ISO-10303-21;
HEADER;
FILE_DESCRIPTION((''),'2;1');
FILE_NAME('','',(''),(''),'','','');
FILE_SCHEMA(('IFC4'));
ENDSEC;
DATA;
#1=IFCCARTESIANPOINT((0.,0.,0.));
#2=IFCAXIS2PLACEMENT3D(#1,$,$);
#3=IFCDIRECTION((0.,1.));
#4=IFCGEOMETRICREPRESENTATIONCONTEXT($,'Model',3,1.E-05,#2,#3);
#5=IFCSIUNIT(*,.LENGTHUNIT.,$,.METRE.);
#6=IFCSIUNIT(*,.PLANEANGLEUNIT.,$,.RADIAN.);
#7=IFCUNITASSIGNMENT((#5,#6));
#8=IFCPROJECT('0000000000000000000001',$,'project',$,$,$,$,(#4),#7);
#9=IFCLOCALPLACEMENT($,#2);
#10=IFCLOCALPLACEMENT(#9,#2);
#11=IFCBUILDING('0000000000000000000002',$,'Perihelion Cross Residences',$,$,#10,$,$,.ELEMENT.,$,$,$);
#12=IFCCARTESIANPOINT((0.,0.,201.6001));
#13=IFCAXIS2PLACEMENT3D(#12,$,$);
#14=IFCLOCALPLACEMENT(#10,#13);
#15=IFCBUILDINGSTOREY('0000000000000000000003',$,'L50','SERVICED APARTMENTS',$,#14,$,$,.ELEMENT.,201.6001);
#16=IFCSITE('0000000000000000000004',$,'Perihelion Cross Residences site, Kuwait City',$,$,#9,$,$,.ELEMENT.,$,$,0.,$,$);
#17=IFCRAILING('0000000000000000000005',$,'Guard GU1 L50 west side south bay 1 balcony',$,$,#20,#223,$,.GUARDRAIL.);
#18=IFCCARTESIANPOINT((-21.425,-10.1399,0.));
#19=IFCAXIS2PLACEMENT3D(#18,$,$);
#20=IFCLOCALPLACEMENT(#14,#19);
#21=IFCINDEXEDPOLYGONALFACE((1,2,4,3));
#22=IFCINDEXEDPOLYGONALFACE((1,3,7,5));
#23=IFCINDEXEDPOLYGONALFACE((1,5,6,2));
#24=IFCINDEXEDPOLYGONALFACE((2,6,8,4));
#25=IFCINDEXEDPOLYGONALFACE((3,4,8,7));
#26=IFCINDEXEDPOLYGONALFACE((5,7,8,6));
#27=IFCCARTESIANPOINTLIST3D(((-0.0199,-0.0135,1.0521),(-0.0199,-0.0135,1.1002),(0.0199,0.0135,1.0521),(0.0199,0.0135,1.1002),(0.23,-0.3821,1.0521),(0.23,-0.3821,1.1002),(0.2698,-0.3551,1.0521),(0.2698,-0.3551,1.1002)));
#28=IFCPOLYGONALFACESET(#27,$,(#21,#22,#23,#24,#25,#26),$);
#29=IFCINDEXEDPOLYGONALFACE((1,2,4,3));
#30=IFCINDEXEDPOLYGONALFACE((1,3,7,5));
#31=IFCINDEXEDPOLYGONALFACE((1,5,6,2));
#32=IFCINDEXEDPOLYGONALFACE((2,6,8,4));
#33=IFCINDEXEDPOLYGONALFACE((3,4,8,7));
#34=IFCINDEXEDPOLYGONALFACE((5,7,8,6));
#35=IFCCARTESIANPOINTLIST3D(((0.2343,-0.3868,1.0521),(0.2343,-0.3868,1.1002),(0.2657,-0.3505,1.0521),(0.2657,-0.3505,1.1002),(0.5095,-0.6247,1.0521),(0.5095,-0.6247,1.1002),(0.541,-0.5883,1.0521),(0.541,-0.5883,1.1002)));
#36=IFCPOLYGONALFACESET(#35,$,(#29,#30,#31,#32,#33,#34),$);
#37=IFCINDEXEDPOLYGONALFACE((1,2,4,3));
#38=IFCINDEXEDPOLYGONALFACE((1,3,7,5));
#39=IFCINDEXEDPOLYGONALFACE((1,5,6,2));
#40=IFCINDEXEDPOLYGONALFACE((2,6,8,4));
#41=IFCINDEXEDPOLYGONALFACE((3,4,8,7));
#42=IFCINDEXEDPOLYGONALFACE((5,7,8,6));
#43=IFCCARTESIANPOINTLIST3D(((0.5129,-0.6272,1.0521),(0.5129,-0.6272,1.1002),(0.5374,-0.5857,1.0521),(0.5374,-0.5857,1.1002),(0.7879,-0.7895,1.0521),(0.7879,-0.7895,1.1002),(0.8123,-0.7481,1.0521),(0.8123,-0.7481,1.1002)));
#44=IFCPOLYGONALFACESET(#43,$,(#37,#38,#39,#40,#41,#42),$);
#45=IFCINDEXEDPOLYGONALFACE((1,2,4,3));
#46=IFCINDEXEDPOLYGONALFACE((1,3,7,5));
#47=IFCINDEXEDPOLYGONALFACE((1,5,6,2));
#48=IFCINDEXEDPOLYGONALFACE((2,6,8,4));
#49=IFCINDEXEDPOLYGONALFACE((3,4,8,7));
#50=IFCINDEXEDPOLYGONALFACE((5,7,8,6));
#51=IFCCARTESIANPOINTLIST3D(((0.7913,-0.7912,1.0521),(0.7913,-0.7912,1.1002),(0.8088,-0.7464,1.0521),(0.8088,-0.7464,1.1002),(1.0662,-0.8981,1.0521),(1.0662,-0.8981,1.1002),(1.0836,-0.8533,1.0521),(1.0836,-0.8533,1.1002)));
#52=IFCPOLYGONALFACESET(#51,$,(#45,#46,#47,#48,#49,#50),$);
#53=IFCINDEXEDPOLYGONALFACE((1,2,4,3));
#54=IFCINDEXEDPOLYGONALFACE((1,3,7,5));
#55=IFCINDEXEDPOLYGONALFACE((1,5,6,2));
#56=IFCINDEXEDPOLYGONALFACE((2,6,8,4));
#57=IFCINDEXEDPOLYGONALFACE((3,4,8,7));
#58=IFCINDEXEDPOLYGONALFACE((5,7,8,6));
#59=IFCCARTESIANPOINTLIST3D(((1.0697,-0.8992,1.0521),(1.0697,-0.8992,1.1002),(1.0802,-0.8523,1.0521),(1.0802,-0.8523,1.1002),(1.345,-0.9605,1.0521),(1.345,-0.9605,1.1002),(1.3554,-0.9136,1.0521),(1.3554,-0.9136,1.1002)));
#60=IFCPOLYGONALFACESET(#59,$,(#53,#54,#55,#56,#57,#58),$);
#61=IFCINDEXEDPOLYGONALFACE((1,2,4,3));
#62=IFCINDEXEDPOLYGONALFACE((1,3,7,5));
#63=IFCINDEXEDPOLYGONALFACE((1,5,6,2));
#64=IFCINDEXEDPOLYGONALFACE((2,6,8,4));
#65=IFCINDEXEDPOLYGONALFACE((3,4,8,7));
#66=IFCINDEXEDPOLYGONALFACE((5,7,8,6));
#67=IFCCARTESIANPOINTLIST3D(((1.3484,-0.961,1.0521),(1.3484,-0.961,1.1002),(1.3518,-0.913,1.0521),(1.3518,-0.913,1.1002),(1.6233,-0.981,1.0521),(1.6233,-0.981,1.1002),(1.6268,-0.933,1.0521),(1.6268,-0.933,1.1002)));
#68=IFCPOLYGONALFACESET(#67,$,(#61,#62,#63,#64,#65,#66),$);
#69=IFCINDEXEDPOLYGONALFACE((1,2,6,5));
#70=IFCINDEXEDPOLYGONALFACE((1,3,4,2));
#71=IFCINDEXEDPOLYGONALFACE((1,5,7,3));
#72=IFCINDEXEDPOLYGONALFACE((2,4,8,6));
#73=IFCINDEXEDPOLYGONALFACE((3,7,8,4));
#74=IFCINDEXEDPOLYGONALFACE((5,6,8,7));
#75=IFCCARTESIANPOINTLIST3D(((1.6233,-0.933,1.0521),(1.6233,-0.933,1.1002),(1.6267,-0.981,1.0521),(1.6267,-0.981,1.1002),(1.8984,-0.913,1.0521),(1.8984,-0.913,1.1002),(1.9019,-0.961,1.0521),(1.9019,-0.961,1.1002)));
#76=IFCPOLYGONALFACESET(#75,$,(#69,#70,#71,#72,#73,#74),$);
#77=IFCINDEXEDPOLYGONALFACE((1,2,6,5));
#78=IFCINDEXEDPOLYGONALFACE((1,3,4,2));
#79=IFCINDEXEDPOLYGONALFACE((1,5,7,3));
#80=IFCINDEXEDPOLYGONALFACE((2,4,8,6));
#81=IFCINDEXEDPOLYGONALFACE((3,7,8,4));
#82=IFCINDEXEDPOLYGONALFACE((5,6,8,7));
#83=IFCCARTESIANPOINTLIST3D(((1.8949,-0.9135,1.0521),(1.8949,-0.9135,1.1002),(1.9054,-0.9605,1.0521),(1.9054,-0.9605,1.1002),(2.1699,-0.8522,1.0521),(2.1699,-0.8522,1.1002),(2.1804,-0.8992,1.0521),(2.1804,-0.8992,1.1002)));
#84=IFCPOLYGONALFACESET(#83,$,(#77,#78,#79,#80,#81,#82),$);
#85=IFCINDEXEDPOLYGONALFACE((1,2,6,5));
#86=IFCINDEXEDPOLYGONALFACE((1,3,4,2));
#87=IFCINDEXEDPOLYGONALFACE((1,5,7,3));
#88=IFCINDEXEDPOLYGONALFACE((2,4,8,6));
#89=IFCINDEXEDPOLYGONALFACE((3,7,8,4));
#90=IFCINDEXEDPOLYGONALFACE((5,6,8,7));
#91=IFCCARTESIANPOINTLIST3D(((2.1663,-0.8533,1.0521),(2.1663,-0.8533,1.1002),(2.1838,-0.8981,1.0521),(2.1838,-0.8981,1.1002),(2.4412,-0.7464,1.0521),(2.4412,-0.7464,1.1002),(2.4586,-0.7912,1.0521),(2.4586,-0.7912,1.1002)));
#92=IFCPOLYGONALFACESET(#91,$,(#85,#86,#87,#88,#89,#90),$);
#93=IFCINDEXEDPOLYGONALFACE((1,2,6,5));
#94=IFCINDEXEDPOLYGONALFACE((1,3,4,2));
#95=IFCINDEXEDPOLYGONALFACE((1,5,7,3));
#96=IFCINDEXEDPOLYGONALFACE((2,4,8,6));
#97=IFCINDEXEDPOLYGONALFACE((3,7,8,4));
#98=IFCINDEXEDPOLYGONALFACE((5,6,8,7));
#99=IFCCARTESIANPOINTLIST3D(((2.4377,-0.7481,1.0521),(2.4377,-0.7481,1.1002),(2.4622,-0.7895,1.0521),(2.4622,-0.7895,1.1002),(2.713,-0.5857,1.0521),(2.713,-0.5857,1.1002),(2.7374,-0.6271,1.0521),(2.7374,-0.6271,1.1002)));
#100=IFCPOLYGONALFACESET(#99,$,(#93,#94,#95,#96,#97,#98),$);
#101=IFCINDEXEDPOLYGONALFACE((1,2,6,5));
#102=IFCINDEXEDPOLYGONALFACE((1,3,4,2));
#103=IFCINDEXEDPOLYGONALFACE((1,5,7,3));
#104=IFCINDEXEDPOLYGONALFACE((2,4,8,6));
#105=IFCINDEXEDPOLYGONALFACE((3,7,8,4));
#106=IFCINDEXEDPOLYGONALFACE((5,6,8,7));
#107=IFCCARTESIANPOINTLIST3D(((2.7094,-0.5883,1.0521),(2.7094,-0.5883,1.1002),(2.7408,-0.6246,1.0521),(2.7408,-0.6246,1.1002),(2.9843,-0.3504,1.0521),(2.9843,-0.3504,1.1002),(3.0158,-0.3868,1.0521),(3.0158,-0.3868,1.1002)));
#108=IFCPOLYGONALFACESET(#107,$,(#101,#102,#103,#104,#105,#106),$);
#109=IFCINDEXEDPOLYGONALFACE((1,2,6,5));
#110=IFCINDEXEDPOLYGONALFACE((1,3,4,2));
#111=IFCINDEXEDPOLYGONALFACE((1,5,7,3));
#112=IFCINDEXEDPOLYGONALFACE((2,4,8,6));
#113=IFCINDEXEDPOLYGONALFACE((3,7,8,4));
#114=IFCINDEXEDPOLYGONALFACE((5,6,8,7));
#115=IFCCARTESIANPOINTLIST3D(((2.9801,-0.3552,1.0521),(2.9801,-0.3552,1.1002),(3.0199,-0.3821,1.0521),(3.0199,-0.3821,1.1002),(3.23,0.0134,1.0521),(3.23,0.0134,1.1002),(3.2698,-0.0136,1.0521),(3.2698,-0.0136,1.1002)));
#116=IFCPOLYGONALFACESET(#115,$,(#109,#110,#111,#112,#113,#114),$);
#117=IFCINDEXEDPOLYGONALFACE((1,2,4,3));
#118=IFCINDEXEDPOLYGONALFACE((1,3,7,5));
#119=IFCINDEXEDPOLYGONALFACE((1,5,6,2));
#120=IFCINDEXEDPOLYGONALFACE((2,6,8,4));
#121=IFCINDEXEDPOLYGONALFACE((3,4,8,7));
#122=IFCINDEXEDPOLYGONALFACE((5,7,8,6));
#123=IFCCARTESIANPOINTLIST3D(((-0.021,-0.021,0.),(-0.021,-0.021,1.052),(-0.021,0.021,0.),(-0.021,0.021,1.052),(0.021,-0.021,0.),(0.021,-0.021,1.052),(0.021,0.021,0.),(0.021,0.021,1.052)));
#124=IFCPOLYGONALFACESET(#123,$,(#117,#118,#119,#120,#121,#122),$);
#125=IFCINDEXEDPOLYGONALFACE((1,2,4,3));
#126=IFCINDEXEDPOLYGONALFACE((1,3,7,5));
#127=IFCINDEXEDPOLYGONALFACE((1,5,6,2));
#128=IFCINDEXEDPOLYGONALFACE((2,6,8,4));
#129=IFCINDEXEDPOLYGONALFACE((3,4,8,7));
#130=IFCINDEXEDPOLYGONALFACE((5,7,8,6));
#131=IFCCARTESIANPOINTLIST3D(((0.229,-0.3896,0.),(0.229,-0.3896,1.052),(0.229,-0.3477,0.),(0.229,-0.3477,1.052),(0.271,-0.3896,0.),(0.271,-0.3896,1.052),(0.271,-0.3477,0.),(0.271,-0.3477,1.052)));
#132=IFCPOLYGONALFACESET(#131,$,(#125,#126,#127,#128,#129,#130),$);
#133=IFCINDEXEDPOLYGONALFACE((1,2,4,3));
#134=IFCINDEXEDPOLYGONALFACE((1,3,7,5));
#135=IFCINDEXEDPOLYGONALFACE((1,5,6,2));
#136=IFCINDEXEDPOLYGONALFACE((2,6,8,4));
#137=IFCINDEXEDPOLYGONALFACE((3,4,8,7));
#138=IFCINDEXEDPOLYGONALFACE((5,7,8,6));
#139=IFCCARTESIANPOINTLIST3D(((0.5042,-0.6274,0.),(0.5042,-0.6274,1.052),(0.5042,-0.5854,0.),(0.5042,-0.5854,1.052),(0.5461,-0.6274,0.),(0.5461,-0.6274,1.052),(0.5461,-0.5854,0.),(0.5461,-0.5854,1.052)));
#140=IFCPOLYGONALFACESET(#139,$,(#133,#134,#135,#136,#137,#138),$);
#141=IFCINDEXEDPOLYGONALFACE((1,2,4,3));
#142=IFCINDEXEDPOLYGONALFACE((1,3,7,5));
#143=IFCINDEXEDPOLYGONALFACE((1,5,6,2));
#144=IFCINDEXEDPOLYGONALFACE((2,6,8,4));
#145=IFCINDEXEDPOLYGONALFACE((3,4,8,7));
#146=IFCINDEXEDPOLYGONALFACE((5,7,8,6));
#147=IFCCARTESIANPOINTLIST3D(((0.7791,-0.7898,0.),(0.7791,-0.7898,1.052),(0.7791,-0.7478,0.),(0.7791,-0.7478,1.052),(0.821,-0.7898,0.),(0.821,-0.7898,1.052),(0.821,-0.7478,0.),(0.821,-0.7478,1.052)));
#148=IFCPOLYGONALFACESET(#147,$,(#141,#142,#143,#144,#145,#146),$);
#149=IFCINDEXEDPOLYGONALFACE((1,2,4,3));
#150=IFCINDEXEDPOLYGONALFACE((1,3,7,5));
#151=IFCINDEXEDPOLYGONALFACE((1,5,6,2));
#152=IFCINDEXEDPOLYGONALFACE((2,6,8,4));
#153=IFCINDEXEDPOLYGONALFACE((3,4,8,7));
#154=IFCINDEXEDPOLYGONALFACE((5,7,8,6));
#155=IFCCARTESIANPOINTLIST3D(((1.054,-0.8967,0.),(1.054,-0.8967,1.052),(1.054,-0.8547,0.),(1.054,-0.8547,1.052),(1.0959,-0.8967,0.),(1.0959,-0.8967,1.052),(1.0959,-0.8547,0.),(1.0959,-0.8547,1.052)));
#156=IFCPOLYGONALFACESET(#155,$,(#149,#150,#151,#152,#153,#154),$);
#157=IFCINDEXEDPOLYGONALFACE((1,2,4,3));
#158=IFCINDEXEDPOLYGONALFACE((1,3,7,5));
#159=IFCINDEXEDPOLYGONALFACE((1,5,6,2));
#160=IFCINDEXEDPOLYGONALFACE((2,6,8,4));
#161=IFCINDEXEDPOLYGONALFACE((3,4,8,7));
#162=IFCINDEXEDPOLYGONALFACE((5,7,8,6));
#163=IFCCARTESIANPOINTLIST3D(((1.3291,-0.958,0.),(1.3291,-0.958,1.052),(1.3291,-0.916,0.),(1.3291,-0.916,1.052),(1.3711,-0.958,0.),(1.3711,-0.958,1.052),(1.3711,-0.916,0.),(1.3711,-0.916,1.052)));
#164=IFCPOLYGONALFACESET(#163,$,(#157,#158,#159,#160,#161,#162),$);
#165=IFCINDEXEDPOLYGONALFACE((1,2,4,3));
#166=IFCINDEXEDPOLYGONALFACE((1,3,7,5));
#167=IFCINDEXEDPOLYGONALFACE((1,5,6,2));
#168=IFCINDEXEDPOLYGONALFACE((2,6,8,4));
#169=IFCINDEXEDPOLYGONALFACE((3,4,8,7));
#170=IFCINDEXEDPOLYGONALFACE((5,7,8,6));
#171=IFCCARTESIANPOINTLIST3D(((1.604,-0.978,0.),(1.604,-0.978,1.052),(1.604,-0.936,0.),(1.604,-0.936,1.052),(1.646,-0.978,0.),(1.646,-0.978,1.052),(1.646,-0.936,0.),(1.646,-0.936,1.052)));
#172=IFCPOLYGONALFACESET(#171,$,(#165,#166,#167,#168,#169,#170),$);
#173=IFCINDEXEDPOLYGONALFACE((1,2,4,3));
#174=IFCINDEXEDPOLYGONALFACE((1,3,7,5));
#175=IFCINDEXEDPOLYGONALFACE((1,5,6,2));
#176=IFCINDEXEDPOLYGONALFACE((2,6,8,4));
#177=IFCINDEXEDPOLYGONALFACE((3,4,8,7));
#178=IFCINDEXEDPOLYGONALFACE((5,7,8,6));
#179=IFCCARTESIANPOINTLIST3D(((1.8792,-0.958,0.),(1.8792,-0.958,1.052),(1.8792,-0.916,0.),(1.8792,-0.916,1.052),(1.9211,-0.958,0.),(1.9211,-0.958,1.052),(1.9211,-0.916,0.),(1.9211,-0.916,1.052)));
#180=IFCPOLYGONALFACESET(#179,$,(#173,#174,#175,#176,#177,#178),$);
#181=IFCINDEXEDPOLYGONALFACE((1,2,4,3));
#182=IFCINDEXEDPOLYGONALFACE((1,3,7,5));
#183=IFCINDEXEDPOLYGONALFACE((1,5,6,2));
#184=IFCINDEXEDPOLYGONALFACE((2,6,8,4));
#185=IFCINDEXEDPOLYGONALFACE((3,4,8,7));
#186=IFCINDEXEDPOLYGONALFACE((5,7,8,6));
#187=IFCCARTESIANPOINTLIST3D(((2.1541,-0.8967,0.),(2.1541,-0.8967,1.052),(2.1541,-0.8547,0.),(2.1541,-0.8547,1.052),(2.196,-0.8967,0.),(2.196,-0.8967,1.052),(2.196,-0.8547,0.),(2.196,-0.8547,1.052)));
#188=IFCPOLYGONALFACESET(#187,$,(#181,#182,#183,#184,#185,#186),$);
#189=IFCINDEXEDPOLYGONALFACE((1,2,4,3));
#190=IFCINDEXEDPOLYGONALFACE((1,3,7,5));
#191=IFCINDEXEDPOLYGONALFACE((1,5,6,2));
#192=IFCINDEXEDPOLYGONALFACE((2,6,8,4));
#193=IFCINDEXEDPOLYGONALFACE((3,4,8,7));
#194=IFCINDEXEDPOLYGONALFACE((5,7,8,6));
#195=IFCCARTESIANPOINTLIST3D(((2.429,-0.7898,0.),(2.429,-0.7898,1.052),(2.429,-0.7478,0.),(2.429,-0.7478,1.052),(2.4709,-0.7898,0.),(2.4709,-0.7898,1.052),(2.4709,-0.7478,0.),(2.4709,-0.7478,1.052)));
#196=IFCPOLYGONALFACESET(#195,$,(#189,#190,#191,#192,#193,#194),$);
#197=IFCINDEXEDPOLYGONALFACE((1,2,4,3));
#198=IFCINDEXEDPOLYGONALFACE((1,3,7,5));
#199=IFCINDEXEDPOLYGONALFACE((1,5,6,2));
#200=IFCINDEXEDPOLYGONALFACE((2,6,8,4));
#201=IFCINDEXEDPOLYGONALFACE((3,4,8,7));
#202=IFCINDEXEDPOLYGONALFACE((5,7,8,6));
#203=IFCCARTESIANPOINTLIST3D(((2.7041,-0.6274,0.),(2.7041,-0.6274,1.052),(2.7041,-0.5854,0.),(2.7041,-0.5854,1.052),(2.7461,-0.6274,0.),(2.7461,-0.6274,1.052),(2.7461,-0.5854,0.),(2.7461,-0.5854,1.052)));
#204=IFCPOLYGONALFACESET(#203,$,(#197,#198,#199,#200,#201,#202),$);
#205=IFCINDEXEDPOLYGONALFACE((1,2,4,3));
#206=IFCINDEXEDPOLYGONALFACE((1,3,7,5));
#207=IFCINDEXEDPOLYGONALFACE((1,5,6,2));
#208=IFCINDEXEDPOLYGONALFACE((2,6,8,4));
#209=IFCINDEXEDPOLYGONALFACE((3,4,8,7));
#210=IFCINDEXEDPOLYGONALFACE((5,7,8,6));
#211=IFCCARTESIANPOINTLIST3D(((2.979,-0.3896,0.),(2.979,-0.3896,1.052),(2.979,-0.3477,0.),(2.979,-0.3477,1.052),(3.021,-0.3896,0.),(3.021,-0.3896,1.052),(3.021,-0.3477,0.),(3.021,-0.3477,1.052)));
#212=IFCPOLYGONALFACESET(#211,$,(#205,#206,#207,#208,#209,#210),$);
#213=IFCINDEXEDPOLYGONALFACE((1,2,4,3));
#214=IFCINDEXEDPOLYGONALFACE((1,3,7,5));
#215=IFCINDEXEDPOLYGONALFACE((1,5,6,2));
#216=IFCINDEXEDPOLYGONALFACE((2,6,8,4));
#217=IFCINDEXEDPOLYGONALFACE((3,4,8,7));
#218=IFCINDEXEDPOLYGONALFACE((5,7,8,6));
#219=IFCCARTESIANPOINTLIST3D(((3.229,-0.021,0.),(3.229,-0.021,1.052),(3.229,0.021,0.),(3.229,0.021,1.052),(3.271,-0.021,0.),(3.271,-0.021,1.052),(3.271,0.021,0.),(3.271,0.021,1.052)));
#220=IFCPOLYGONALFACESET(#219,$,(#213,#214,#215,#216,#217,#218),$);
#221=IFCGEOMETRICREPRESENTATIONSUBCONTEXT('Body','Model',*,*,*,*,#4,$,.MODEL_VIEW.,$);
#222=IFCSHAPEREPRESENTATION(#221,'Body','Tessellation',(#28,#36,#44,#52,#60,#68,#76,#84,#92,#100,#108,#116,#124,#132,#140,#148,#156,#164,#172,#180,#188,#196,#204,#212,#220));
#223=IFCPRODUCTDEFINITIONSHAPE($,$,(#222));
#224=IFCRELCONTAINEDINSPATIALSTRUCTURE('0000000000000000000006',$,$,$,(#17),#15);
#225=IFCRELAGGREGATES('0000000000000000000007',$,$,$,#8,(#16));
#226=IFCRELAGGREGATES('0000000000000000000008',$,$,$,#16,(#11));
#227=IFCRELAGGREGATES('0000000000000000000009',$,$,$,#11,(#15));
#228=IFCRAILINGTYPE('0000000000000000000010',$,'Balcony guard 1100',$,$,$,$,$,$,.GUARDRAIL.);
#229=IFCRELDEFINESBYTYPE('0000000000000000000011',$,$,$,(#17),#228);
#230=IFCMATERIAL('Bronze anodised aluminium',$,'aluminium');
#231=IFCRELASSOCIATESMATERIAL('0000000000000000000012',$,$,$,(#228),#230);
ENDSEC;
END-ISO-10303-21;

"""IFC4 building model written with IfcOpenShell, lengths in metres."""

from ifc_helpers import new_model, si_unit, direction, frame, origin, origin_2d, place, context, subcontext, project, spatial, rectangle, extrude, material, type_object, element, save


model = new_model("IFC4")

# Units and contexts
model_context = context("Model", 3, precision=1e-05, world=origin(), true_north=direction((0.0, 1.0)))
body_context = subcontext(model_context, "Body", "Model", "MODEL_VIEW")
ifc_project = project(units=[si_unit("LENGTHUNIT", "METRE"), si_unit("PLANEANGLEUNIT", "RADIAN")], contexts=[model_context])

# Site, building, storey
site_placement = place(None, origin())
site = spatial("IfcSite", under=ifc_project, at=site_placement, Name="Perihelion Cross Residences site, Kuwait City", CompositionType="ELEMENT", RefElevation=0.0)
building_placement = place(site_placement, origin())
building = spatial("IfcBuilding", under=site, at=building_placement, Name="Perihelion Cross Residences", CompositionType="ELEMENT")
storey_placement = place(building_placement, frame((0.0, 0.0, 201.6001)))
storey = spatial("IfcBuildingStorey", under=building, at=storey_placement, Name="L50", Description="SERVICED APARTMENTS", CompositionType="ELEMENT", Elevation=201.6001)

# Railing
ifc_material_1 = material(Name="Bronze anodised aluminium", Category="aluminium")
railing_type_1 = type_object("IfcRailingType", Name="Balcony guard 1100", PredefinedType="GUARDRAIL", material=ifc_material_1)
railing_1_placement = place(storey_placement, frame((-21.425, -10.1399, 0.0)))
element("IfcRailing", 1, at=railing_1_placement, inside=storey, type_object=railing_type_1, Name="Guard GU1 L50 west side south bay 1 balcony", PredefinedType="GUARDRAIL", context=body_context, shape_type="SweptSolid", body=[
    extrude(rectangle(XDim=0.0481, YDim=0.0481, at=origin_2d()), frame((0.0, 0.0, 1.0762), z_axis=(0.56126, -0.827639, 0.0), x_axis=(0.827639, 0.56126, 0.0)), (0.0, 0.0, 1.0), 0.4453),
    extrude(rectangle(XDim=0.0481, YDim=0.0481, at=origin_2d()), frame((0.25, -0.3687, 1.0762), z_axis=(0.756597, -0.653882, 0.0), x_axis=(0.653882, 0.756597, 0.0)), (0.0, 0.0, 1.0), 0.3638),
    extrude(rectangle(XDim=0.0481, YDim=0.0481, at=origin_2d()), frame((0.5251, -0.6064, 1.0762), z_axis=(0.861048, -0.508523, 0.0), x_axis=(0.508523, 0.861048, 0.0)), (0.0, 0.0, 1.0), 0.3193),
    extrude(rectangle(XDim=0.0481, YDim=0.0481, at=origin_2d()), frame((0.8, -0.7688, 1.0762), z_axis=(0.931974, -0.362526, 0.0), x_axis=(0.362526, 0.931974, 0.0)), (0.0, 0.0, 1.0), 0.2949),
    extrude(rectangle(XDim=0.0481, YDim=0.0481, at=origin_2d()), frame((1.075, -0.8757, 1.0762), z_axis=(0.976085, -0.217389, 0.0), x_axis=(0.217389, 0.976085, 0.0)), (0.0, 0.0, 1.0), 0.282),
    extrude(rectangle(XDim=0.0481, YDim=0.0481, at=origin_2d()), frame((1.3501, -0.937, 1.0762), z_axis=(0.997359, -0.072632, 0.0), x_axis=(0.072632, 0.997359, 0.0)), (0.0, 0.0, 1.0), 0.2756),
    extrude(rectangle(XDim=0.0481, YDim=0.0481, at=origin_2d()), frame((1.625, -0.957, 1.0762), z_axis=(0.997363, 0.072568, 0.0), x_axis=(-0.072568, 0.997363, 0.0)), (0.0, 0.0, 1.0), 0.2759),
    extrude(rectangle(XDim=0.0481, YDim=0.0481, at=origin_2d()), frame((1.9001, -0.937, 1.0762), z_axis=(0.976044, 0.217573, 0.0), x_axis=(-0.217573, 0.976044, 0.0)), (0.0, 0.0, 1.0), 0.2817),
    extrude(rectangle(XDim=0.0481, YDim=0.0481, at=origin_2d()), frame((2.175, -0.8757, 1.0762), z_axis=(0.931974, 0.362526, 0.0), x_axis=(-0.362526, 0.931974, 0.0)), (0.0, 0.0, 1.0), 0.2949),
    extrude(rectangle(XDim=0.0481, YDim=0.0481, at=origin_2d()), frame((2.45, -0.7688, 1.0762), z_axis=(0.861246, 0.508189, 0.0), x_axis=(-0.508189, 0.861246, 0.0)), (0.0, 0.0, 1.0), 0.3196),
    extrude(rectangle(XDim=0.0481, YDim=0.0481, at=origin_2d()), frame((2.7251, -0.6064, 1.0762), z_axis=(0.756309, 0.654214, 0.0), x_axis=(-0.654214, 0.756309, 0.0)), (0.0, 0.0, 1.0), 0.3635),
    extrude(rectangle(XDim=0.0481, YDim=0.0481, at=origin_2d()), frame((3.0, -0.3687, 1.0762), z_axis=(0.56126, 0.827639, 0.0), x_axis=(-0.827639, 0.56126, 0.0)), (0.0, 0.0, 1.0), 0.4453),
    extrude(rectangle(XDim=0.042, YDim=0.042, at=origin_2d()), origin(), (0.0, 0.0, 1.0), 1.052),
    extrude(rectangle(XDim=0.042, YDim=0.042, at=origin_2d()), frame((0.25, -0.3687, 0.0)), (0.0, 0.0, 1.0), 1.052),
    extrude(rectangle(XDim=0.042, YDim=0.042, at=origin_2d()), frame((0.5251, -0.6064, 0.0)), (0.0, 0.0, 1.0), 1.052),
    extrude(rectangle(XDim=0.042, YDim=0.042, at=origin_2d()), frame((0.8, -0.7688, 0.0)), (0.0, 0.0, 1.0), 1.052),
    extrude(rectangle(XDim=0.042, YDim=0.042, at=origin_2d()), frame((1.075, -0.8757, 0.0)), (0.0, 0.0, 1.0), 1.052),
    extrude(rectangle(XDim=0.042, YDim=0.042, at=origin_2d()), frame((1.3501, -0.937, 0.0)), (0.0, 0.0, 1.0), 1.052),
    extrude(rectangle(XDim=0.042, YDim=0.042, at=origin_2d()), frame((1.625, -0.957, 0.0)), (0.0, 0.0, 1.0), 1.052),
    extrude(rectangle(XDim=0.042, YDim=0.042, at=origin_2d()), frame((1.9001, -0.937, 0.0)), (0.0, 0.0, 1.0), 1.052),
    extrude(rectangle(XDim=0.042, YDim=0.042, at=origin_2d()), frame((2.175, -0.8757, 0.0)), (0.0, 0.0, 1.0), 1.052),
    extrude(rectangle(XDim=0.042, YDim=0.042, at=origin_2d()), frame((2.45, -0.7688, 0.0)), (0.0, 0.0, 1.0), 1.052),
    extrude(rectangle(XDim=0.042, YDim=0.042, at=origin_2d()), frame((2.7251, -0.6064, 0.0)), (0.0, 0.0, 1.0), 1.052),
    extrude(rectangle(XDim=0.042, YDim=0.042, at=origin_2d()), frame((3.0, -0.3687, 0.0)), (0.0, 0.0, 1.0), 1.052),
    extrude(rectangle(XDim=0.042, YDim=0.042, at=origin_2d()), frame((3.25, 0.0, 0.0)), (0.0, 0.0, 1.0), 1.052),
])

save(model, "model.ifc")
